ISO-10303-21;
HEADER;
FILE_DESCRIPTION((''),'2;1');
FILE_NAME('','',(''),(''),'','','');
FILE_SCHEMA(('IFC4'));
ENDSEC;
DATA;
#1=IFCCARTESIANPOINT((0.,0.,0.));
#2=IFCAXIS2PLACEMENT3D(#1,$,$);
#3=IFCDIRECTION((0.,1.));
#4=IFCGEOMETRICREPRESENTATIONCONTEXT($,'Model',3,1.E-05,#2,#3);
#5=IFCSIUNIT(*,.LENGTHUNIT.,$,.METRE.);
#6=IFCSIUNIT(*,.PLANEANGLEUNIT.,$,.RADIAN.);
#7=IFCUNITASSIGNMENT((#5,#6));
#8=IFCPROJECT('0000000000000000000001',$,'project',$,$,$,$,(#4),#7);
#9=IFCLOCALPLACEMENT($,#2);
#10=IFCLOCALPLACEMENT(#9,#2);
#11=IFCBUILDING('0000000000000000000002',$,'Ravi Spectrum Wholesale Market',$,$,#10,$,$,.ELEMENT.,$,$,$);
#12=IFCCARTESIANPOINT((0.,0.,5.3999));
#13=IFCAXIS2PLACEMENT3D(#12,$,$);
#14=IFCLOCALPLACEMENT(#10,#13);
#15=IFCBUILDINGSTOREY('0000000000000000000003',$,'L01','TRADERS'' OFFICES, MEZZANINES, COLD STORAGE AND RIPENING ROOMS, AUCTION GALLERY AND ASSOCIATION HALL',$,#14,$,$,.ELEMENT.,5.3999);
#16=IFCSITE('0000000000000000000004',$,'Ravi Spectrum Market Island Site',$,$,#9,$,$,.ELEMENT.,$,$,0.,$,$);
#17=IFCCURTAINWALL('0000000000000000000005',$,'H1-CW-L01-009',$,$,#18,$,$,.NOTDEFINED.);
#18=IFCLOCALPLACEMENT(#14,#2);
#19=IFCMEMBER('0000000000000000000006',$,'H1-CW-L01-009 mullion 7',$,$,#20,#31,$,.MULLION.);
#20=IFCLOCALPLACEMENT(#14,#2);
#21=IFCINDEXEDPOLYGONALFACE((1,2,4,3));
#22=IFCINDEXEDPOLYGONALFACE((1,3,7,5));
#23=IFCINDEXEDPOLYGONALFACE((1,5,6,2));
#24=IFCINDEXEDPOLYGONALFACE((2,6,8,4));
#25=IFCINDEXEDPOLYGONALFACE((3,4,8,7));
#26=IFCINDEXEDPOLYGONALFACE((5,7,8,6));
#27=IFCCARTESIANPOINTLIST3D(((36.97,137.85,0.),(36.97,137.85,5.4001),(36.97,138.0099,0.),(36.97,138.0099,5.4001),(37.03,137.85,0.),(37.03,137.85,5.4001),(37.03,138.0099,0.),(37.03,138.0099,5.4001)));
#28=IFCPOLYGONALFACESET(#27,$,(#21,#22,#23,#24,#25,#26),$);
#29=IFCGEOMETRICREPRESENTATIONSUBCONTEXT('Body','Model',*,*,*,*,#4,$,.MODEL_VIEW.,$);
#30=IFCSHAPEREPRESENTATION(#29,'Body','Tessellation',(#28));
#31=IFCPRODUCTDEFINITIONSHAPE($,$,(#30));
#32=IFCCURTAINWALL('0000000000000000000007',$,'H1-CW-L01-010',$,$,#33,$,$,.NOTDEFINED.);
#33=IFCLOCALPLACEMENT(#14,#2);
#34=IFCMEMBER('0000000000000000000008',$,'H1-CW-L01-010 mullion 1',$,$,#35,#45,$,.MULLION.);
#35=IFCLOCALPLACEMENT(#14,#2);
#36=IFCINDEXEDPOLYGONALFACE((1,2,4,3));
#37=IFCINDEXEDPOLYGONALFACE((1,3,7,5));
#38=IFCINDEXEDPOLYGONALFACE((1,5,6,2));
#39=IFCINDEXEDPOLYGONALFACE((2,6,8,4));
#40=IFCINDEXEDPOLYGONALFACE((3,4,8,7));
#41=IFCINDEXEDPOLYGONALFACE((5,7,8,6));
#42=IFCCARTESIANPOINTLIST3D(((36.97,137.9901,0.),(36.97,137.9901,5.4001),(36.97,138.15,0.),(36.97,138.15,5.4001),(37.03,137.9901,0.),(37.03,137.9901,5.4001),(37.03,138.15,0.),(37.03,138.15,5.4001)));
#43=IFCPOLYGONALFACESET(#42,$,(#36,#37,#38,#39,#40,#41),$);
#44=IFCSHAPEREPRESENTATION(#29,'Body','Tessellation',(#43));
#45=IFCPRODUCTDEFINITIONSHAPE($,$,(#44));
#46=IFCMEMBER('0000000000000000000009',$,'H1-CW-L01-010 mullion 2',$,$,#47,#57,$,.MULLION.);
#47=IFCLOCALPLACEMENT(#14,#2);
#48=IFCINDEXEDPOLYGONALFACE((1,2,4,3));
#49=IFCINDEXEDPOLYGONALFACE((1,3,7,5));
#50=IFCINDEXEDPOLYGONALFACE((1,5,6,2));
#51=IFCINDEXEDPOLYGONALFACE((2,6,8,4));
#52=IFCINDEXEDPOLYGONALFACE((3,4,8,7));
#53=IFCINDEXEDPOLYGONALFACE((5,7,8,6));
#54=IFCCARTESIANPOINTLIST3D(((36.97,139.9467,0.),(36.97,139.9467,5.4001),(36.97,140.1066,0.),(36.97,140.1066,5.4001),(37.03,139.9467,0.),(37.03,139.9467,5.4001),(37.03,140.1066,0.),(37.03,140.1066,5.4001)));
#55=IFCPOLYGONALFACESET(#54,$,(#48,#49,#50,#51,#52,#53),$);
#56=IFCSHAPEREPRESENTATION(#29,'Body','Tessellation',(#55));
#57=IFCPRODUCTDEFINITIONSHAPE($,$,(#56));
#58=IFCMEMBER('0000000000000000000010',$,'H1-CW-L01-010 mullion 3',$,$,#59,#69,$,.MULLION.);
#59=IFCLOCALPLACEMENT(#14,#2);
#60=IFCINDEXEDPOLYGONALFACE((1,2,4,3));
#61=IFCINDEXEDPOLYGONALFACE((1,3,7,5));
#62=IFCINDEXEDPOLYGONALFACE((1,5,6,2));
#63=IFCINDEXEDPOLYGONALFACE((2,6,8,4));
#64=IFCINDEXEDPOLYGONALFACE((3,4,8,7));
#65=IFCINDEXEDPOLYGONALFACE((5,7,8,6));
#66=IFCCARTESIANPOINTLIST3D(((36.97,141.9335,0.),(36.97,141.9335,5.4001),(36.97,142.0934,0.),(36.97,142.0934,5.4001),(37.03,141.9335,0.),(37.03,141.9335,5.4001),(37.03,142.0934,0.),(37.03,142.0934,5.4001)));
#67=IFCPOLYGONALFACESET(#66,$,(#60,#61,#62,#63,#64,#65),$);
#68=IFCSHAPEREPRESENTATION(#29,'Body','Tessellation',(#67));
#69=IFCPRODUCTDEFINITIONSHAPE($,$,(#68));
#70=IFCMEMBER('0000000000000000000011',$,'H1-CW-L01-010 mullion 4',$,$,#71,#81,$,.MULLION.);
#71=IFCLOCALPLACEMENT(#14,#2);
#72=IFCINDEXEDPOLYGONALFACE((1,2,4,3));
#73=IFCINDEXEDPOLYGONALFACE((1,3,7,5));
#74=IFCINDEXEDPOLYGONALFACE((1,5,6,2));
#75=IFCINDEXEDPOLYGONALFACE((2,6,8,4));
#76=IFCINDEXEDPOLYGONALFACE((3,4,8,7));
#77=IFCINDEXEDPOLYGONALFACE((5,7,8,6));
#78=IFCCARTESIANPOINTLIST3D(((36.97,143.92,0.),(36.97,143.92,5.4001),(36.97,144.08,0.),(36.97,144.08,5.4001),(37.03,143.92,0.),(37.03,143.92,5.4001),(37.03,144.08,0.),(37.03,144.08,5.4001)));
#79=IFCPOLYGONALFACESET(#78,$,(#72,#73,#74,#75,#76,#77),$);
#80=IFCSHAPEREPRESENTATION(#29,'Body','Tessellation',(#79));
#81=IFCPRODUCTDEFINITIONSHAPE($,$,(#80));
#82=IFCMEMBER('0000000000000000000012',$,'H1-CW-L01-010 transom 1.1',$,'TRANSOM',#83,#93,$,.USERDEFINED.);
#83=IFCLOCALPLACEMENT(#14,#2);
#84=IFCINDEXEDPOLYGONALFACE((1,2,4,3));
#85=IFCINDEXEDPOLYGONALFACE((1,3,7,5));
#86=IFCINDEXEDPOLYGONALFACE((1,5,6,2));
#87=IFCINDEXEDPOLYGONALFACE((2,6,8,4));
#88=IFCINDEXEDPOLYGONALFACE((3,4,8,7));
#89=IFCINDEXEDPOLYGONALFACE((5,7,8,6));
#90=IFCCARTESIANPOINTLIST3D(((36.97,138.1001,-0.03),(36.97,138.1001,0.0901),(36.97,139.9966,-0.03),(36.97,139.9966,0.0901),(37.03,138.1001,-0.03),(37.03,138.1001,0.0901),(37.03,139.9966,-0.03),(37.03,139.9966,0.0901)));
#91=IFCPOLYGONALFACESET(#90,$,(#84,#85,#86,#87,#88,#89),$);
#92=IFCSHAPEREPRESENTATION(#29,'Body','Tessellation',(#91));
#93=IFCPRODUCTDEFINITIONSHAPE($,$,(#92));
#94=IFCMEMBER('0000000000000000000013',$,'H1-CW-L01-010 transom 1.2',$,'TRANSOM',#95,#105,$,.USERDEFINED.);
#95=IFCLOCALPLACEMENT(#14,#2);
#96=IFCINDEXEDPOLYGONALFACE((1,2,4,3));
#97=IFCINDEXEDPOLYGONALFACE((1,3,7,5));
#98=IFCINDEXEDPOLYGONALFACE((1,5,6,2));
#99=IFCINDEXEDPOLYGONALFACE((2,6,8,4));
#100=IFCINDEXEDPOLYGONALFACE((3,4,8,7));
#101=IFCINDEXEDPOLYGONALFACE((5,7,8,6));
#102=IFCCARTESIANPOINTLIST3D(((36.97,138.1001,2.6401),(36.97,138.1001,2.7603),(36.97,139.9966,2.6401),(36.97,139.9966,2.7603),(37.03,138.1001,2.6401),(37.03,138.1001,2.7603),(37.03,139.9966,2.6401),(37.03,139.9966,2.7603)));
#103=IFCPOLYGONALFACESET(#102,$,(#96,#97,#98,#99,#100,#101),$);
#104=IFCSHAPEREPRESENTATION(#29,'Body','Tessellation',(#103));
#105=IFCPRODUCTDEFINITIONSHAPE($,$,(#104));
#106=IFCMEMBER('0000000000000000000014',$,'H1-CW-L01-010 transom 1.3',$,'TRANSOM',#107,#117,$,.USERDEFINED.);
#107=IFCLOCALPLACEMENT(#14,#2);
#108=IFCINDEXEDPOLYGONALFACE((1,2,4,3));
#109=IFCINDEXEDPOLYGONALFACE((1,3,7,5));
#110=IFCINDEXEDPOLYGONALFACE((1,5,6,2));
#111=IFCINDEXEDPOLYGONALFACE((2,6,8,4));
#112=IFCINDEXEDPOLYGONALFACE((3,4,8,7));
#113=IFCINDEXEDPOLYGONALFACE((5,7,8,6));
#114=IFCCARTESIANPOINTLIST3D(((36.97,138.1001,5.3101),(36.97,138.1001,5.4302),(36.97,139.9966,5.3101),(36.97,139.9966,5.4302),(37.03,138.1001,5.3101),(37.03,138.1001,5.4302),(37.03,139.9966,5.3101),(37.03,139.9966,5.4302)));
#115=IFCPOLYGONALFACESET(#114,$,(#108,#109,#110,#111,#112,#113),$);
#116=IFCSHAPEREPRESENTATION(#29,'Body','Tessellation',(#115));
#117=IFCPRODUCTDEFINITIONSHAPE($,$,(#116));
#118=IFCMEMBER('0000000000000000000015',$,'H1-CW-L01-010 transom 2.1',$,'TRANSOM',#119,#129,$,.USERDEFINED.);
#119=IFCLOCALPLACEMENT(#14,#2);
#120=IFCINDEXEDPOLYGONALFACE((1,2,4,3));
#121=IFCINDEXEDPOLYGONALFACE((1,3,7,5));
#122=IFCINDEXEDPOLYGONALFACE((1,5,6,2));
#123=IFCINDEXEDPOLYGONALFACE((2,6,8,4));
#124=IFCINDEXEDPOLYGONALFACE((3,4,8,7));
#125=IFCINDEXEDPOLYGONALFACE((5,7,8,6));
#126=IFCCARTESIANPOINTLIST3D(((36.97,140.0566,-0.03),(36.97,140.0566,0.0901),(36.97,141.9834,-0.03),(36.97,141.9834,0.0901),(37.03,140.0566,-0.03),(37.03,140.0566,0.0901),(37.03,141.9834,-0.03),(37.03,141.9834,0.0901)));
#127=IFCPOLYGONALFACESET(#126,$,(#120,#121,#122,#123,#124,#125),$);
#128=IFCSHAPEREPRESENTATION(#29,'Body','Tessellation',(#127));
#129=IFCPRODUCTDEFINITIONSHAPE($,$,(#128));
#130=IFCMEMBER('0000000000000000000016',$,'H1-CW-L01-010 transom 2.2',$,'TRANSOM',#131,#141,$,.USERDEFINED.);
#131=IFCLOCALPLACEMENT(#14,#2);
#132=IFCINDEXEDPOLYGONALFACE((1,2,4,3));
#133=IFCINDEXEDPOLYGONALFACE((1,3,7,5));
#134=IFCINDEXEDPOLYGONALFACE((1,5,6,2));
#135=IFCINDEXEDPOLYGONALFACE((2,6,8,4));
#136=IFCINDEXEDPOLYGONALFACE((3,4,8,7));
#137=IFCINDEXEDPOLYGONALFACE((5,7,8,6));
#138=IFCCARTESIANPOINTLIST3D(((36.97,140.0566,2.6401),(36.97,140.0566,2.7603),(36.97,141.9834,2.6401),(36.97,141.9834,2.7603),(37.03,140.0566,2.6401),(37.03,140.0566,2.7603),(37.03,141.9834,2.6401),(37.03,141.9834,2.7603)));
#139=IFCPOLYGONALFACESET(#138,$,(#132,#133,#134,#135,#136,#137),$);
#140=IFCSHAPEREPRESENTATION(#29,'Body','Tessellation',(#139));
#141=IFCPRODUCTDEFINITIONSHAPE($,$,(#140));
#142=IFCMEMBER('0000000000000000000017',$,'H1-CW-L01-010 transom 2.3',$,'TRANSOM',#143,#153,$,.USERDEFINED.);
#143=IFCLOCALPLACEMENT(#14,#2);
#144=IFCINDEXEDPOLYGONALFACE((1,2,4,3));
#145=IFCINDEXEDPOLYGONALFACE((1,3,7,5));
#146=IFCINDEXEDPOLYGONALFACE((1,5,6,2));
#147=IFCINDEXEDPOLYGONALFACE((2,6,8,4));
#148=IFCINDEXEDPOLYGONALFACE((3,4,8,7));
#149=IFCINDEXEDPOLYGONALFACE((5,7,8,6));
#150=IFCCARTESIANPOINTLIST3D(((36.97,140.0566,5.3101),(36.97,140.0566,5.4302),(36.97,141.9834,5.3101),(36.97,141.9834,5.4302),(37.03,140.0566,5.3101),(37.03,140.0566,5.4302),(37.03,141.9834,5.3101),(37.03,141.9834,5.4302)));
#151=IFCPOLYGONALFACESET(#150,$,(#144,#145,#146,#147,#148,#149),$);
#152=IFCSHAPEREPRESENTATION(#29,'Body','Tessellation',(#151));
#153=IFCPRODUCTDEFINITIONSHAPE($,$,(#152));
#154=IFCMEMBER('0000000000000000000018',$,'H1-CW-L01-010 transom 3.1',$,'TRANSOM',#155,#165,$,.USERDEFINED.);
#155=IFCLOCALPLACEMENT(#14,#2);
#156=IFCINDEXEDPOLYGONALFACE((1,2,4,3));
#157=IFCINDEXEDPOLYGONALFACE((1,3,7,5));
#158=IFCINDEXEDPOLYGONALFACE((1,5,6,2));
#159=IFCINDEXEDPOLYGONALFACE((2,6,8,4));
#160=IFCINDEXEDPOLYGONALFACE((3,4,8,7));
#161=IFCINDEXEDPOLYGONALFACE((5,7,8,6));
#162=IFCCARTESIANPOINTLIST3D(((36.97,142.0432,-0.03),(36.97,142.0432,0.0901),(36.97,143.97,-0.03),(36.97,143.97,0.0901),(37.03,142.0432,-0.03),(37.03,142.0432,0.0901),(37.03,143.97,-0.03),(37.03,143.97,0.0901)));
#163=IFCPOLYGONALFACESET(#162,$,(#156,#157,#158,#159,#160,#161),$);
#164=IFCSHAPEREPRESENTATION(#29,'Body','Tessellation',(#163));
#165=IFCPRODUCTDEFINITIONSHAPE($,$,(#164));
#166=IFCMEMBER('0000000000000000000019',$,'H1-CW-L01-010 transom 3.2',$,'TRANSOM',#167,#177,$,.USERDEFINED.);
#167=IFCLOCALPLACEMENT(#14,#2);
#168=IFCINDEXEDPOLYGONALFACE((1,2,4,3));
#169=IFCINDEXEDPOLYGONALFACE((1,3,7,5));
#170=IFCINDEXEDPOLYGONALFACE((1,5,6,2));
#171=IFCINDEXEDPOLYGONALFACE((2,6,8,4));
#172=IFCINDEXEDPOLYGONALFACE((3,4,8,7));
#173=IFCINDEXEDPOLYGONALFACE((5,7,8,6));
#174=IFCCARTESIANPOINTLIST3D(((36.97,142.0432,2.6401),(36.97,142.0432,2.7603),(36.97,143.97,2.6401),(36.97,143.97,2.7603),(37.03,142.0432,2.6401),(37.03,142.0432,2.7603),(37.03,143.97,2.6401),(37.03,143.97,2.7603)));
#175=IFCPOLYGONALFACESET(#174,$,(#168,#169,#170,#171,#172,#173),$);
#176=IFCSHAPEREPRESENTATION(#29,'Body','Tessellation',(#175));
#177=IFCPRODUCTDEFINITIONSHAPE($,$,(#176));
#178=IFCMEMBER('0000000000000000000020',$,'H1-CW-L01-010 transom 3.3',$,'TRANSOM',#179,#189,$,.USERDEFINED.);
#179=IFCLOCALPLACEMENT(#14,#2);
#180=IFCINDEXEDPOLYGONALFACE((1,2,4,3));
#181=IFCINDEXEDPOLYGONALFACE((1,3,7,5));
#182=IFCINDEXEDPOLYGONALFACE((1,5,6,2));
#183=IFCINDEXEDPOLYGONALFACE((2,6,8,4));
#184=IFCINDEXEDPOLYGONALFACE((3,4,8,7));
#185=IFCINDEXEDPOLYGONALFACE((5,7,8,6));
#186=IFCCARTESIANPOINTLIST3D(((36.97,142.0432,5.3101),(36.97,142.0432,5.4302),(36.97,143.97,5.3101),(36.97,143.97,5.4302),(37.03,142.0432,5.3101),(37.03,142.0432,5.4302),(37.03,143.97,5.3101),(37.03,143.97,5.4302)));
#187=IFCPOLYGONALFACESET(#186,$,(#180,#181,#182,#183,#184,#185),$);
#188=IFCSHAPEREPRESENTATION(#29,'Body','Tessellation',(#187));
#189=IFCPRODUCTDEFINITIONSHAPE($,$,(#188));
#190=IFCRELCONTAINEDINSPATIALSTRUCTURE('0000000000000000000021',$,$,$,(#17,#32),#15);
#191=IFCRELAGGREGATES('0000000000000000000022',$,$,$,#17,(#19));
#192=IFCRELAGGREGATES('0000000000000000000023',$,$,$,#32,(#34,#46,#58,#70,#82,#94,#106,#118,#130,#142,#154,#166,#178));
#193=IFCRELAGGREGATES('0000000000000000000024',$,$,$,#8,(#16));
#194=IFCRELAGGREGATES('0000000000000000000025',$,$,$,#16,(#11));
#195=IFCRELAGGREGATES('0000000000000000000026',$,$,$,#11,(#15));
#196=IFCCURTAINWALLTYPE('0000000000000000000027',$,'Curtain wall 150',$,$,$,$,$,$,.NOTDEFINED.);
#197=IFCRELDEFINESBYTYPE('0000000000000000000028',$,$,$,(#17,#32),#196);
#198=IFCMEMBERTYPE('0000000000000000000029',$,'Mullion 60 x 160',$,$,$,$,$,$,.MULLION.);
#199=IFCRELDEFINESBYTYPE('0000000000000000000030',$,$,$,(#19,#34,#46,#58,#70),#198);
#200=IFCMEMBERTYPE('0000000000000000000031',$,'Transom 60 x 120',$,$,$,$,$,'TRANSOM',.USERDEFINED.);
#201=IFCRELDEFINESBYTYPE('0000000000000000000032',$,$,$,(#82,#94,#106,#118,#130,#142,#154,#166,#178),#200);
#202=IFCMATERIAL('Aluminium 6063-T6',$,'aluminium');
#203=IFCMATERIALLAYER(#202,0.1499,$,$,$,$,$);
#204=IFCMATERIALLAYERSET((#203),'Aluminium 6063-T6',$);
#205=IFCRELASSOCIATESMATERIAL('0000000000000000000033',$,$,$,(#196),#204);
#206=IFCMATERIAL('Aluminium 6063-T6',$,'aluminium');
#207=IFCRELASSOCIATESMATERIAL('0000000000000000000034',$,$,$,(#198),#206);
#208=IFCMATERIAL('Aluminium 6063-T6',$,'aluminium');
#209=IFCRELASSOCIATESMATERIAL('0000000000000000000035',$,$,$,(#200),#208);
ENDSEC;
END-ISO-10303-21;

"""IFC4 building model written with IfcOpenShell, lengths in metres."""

from ifc_helpers import new_model, si_unit, direction, frame, origin, origin_2d, place, context, subcontext, project, spatial, rectangle, extrude, material, layer, layer_set, material_profile, profile_set, type_object, element, aggregate, save


model = new_model("IFC4")

# Units and contexts
model_context = context("Model", 3, precision=1e-05, world=origin(), true_north=direction((0.0, 1.0)))
body_context = subcontext(model_context, "Body", "Model", "MODEL_VIEW")
ifc_project = project(units=[si_unit("LENGTHUNIT", "METRE"), si_unit("PLANEANGLEUNIT", "RADIAN")], contexts=[model_context])

# Site, building, storey
site_placement = place(None, origin())
site = spatial("IfcSite", under=ifc_project, at=site_placement, Name="Ravi Spectrum Market Island Site", CompositionType="ELEMENT", RefElevation=0.0)
building_placement = place(site_placement, origin())
building = spatial("IfcBuilding", under=site, at=building_placement, Name="Ravi Spectrum Wholesale Market", CompositionType="ELEMENT")
storey_placement = place(building_placement, frame((0.0, 0.0, 5.3999)))
storey = spatial("IfcBuildingStorey", under=building, at=storey_placement, Name="L01", Description="TRADERS' OFFICES, MEZZANINES, COLD STORAGE AND RIPENING ROOMS, AUCTION GALLERY AND ASSOCIATION HALL", CompositionType="ELEMENT", Elevation=5.3999)

# Curtain wall, member
ifc_material_1 = material(Name="Aluminium 6063-T6", Category="aluminium")
ifc_layer_1 = layer(ifc_material_1, 0.1499)
ifc_layer_set_1 = layer_set([ifc_layer_1], Name="Aluminium 6063-T6")
curtain_wall_type = type_object("IfcCurtainWallType", Name="Curtain wall 150", PredefinedType="NOTDEFINED", material=ifc_layer_set_1)
curtain_wall_1_placement = place(storey_placement, origin())
curtain_wall_1 = element("IfcCurtainWall", 1, at=curtain_wall_1_placement, inside=storey, type_object=curtain_wall_type, Name="H1-CW-L01-009", PredefinedType="NOTDEFINED")
ifc_material_2 = material(Name="Aluminium 6063-T6", Category="aluminium")
ifc_material_profile_1 = material_profile(ifc_material_2, rectangle(XDim=0.0601, YDim=0.1599, at=origin_2d()))
ifc_profile_set_1 = profile_set([ifc_material_profile_1], Name="Aluminium 6063-T6")
member_type_1 = type_object("IfcMemberType", Name="Mullion 60 x 160", PredefinedType="MULLION", material=ifc_profile_set_1)
member_1_placement = place(storey_placement, frame((37.0, 137.9299, 0.0), z_axis=(0.0, 0.0, 1.0), x_axis=(-1.0, 0.0, 0.0)))
member_1 = element("IfcMember", 2, at=member_1_placement, type_object=member_type_1, Name="H1-CW-L01-009 mullion 7", PredefinedType="MULLION", context=body_context, shape_type="SweptSolid", body=[
    extrude(rectangle(XDim=0.0601, YDim=0.1599, at=origin_2d()), origin(), (0.0, 0.0, 1.0), 5.4001),
])

# Curtain wall, members
curtain_wall_2_placement = place(storey_placement, origin())
curtain_wall_2 = element("IfcCurtainWall", 3, at=curtain_wall_2_placement, inside=storey, type_object=curtain_wall_type, Name="H1-CW-L01-010", PredefinedType="NOTDEFINED")
member_2_placement = place(storey_placement, frame((37.0, 138.0701, 0.0), z_axis=(0.0, 0.0, 1.0), x_axis=(-1.0, 0.0, 0.0)))
member_2 = element("IfcMember", 4, at=member_2_placement, type_object=member_type_1, Name="H1-CW-L01-010 mullion 1", PredefinedType="MULLION", context=body_context, shape_type="SweptSolid", body=[
    extrude(rectangle(XDim=0.0601, YDim=0.1599, at=origin_2d()), origin(), (0.0, 0.0, 1.0), 5.4001),
])
member_3_placement = place(storey_placement, frame((37.0, 140.0266, 0.0), z_axis=(0.0, 0.0, 1.0), x_axis=(-1.0, 0.0, 0.0)))
member_3 = element("IfcMember", 5, at=member_3_placement, type_object=member_type_1, Name="H1-CW-L01-010 mullion 2", PredefinedType="MULLION", context=body_context, shape_type="SweptSolid", body=[
    extrude(rectangle(XDim=0.0601, YDim=0.1599, at=origin_2d()), origin(), (0.0, 0.0, 1.0), 5.4001),
])
member_4_placement = place(storey_placement, frame((37.0, 142.0134, 0.0), z_axis=(0.0, 0.0, 1.0), x_axis=(-1.0, 0.0, 0.0)))
member_4 = element("IfcMember", 6, at=member_4_placement, type_object=member_type_1, Name="H1-CW-L01-010 mullion 3", PredefinedType="MULLION", context=body_context, shape_type="SweptSolid", body=[
    extrude(rectangle(XDim=0.0601, YDim=0.1599, at=origin_2d()), origin(), (0.0, 0.0, 1.0), 5.4001),
])
member_5_placement = place(storey_placement, frame((37.0, 144.0, 0.0), z_axis=(0.0, 0.0, 1.0), x_axis=(-1.0, 0.0, 0.0)))
member_5 = element("IfcMember", 7, at=member_5_placement, type_object=member_type_1, Name="H1-CW-L01-010 mullion 4", PredefinedType="MULLION", context=body_context, shape_type="SweptSolid", body=[
    extrude(rectangle(XDim=0.0601, YDim=0.1599, at=origin_2d()), origin(), (0.0, 0.0, 1.0), 5.4001),
])
ifc_material_3 = material(Name="Aluminium 6063-T6", Category="aluminium")
ifc_material_profile_2 = material_profile(ifc_material_3, rectangle(XDim=0.0601, YDim=0.1201, at=origin_2d()))
ifc_profile_set_2 = profile_set([ifc_material_profile_2], Name="Aluminium 6063-T6")
member_type_2 = type_object("IfcMemberType", Name="Transom 60 x 120", ElementType="TRANSOM", PredefinedType="USERDEFINED", material=ifc_profile_set_2)
member_6_placement = place(storey_placement, frame((37.0, 138.1001, 0.03), z_axis=(0.0, 1.0, 0.0), x_axis=(-1.0, 0.0, 0.0)))
member_6 = element("IfcMember", 8, at=member_6_placement, type_object=member_type_2, Name="H1-CW-L01-010 transom 1.1", ObjectType="TRANSOM", PredefinedType="USERDEFINED", context=body_context, shape_type="SweptSolid", body=[
    extrude(rectangle(XDim=0.0601, YDim=0.1201, at=origin_2d()), origin(), (0.0, 0.0, 1.0), 1.8965),
])
member_7_placement = place(storey_placement, frame((37.0, 138.1001, 2.7002), z_axis=(0.0, 1.0, 0.0), x_axis=(-1.0, 0.0, 0.0)))
member_7 = element("IfcMember", 9, at=member_7_placement, type_object=member_type_2, Name="H1-CW-L01-010 transom 1.2", ObjectType="TRANSOM", PredefinedType="USERDEFINED", context=body_context, shape_type="SweptSolid", body=[
    extrude(rectangle(XDim=0.0601, YDim=0.1201, at=origin_2d()), origin(), (0.0, 0.0, 1.0), 1.8965),
])
member_8_placement = place(storey_placement, frame((37.0, 138.1001, 5.3701), z_axis=(0.0, 1.0, 0.0), x_axis=(-1.0, 0.0, 0.0)))
member_8 = element("IfcMember", 10, at=member_8_placement, type_object=member_type_2, Name="H1-CW-L01-010 transom 1.3", ObjectType="TRANSOM", PredefinedType="USERDEFINED", context=body_context, shape_type="SweptSolid", body=[
    extrude(rectangle(XDim=0.0601, YDim=0.1201, at=origin_2d()), origin(), (0.0, 0.0, 1.0), 1.8965),
])
member_9_placement = place(storey_placement, frame((37.0, 140.0566, 0.03), z_axis=(0.0, 1.0, 0.0), x_axis=(-1.0, 0.0, 0.0)))
member_9 = element("IfcMember", 11, at=member_9_placement, type_object=member_type_2, Name="H1-CW-L01-010 transom 2.1", ObjectType="TRANSOM", PredefinedType="USERDEFINED", context=body_context, shape_type="SweptSolid", body=[
    extrude(rectangle(XDim=0.0601, YDim=0.1201, at=origin_2d()), origin(), (0.0, 0.0, 1.0), 1.9268),
])
member_10_placement = place(storey_placement, frame((37.0, 140.0566, 2.7002), z_axis=(0.0, 1.0, 0.0), x_axis=(-1.0, 0.0, 0.0)))
member_10 = element("IfcMember", 12, at=member_10_placement, type_object=member_type_2, Name="H1-CW-L01-010 transom 2.2", ObjectType="TRANSOM", PredefinedType="USERDEFINED", context=body_context, shape_type="SweptSolid", body=[
    extrude(rectangle(XDim=0.0601, YDim=0.1201, at=origin_2d()), origin(), (0.0, 0.0, 1.0), 1.9268),
])
member_11_placement = place(storey_placement, frame((37.0, 140.0566, 5.3701), z_axis=(0.0, 1.0, 0.0), x_axis=(-1.0, 0.0, 0.0)))
member_11 = element("IfcMember", 13, at=member_11_placement, type_object=member_type_2, Name="H1-CW-L01-010 transom 2.3", ObjectType="TRANSOM", PredefinedType="USERDEFINED", context=body_context, shape_type="SweptSolid", body=[
    extrude(rectangle(XDim=0.0601, YDim=0.1201, at=origin_2d()), origin(), (0.0, 0.0, 1.0), 1.9268),
])
member_12_placement = place(storey_placement, frame((37.0, 142.0432, 0.03), z_axis=(0.0, 1.0, 0.0), x_axis=(-1.0, 0.0, 0.0)))
member_12 = element("IfcMember", 14, at=member_12_placement, type_object=member_type_2, Name="H1-CW-L01-010 transom 3.1", ObjectType="TRANSOM", PredefinedType="USERDEFINED", context=body_context, shape_type="SweptSolid", body=[
    extrude(rectangle(XDim=0.0601, YDim=0.1201, at=origin_2d()), origin(), (0.0, 0.0, 1.0), 1.9268),
])
member_13_placement = place(storey_placement, frame((37.0, 142.0432, 2.7002), z_axis=(0.0, 1.0, 0.0), x_axis=(-1.0, 0.0, 0.0)))
member_13 = element("IfcMember", 15, at=member_13_placement, type_object=member_type_2, Name="H1-CW-L01-010 transom 3.2", ObjectType="TRANSOM", PredefinedType="USERDEFINED", context=body_context, shape_type="SweptSolid", body=[
    extrude(rectangle(XDim=0.0601, YDim=0.1201, at=origin_2d()), origin(), (0.0, 0.0, 1.0), 1.9268),
])
member_14_placement = place(storey_placement, frame((37.0, 142.0432, 5.3701), z_axis=(0.0, 1.0, 0.0), x_axis=(-1.0, 0.0, 0.0)))
member_14 = element("IfcMember", 16, at=member_14_placement, type_object=member_type_2, Name="H1-CW-L01-010 transom 3.3", ObjectType="TRANSOM", PredefinedType="USERDEFINED", context=body_context, shape_type="SweptSolid", body=[
    extrude(rectangle(XDim=0.0601, YDim=0.1201, at=origin_2d()), origin(), (0.0, 0.0, 1.0), 1.9268),
])

aggregate(curtain_wall_1, [member_1])
aggregate(curtain_wall_2, [member_2, member_3, member_4, member_5, member_6, member_7, member_8, member_9, member_10, member_11, member_12, member_13, member_14])

save(model, "model.ifc")
